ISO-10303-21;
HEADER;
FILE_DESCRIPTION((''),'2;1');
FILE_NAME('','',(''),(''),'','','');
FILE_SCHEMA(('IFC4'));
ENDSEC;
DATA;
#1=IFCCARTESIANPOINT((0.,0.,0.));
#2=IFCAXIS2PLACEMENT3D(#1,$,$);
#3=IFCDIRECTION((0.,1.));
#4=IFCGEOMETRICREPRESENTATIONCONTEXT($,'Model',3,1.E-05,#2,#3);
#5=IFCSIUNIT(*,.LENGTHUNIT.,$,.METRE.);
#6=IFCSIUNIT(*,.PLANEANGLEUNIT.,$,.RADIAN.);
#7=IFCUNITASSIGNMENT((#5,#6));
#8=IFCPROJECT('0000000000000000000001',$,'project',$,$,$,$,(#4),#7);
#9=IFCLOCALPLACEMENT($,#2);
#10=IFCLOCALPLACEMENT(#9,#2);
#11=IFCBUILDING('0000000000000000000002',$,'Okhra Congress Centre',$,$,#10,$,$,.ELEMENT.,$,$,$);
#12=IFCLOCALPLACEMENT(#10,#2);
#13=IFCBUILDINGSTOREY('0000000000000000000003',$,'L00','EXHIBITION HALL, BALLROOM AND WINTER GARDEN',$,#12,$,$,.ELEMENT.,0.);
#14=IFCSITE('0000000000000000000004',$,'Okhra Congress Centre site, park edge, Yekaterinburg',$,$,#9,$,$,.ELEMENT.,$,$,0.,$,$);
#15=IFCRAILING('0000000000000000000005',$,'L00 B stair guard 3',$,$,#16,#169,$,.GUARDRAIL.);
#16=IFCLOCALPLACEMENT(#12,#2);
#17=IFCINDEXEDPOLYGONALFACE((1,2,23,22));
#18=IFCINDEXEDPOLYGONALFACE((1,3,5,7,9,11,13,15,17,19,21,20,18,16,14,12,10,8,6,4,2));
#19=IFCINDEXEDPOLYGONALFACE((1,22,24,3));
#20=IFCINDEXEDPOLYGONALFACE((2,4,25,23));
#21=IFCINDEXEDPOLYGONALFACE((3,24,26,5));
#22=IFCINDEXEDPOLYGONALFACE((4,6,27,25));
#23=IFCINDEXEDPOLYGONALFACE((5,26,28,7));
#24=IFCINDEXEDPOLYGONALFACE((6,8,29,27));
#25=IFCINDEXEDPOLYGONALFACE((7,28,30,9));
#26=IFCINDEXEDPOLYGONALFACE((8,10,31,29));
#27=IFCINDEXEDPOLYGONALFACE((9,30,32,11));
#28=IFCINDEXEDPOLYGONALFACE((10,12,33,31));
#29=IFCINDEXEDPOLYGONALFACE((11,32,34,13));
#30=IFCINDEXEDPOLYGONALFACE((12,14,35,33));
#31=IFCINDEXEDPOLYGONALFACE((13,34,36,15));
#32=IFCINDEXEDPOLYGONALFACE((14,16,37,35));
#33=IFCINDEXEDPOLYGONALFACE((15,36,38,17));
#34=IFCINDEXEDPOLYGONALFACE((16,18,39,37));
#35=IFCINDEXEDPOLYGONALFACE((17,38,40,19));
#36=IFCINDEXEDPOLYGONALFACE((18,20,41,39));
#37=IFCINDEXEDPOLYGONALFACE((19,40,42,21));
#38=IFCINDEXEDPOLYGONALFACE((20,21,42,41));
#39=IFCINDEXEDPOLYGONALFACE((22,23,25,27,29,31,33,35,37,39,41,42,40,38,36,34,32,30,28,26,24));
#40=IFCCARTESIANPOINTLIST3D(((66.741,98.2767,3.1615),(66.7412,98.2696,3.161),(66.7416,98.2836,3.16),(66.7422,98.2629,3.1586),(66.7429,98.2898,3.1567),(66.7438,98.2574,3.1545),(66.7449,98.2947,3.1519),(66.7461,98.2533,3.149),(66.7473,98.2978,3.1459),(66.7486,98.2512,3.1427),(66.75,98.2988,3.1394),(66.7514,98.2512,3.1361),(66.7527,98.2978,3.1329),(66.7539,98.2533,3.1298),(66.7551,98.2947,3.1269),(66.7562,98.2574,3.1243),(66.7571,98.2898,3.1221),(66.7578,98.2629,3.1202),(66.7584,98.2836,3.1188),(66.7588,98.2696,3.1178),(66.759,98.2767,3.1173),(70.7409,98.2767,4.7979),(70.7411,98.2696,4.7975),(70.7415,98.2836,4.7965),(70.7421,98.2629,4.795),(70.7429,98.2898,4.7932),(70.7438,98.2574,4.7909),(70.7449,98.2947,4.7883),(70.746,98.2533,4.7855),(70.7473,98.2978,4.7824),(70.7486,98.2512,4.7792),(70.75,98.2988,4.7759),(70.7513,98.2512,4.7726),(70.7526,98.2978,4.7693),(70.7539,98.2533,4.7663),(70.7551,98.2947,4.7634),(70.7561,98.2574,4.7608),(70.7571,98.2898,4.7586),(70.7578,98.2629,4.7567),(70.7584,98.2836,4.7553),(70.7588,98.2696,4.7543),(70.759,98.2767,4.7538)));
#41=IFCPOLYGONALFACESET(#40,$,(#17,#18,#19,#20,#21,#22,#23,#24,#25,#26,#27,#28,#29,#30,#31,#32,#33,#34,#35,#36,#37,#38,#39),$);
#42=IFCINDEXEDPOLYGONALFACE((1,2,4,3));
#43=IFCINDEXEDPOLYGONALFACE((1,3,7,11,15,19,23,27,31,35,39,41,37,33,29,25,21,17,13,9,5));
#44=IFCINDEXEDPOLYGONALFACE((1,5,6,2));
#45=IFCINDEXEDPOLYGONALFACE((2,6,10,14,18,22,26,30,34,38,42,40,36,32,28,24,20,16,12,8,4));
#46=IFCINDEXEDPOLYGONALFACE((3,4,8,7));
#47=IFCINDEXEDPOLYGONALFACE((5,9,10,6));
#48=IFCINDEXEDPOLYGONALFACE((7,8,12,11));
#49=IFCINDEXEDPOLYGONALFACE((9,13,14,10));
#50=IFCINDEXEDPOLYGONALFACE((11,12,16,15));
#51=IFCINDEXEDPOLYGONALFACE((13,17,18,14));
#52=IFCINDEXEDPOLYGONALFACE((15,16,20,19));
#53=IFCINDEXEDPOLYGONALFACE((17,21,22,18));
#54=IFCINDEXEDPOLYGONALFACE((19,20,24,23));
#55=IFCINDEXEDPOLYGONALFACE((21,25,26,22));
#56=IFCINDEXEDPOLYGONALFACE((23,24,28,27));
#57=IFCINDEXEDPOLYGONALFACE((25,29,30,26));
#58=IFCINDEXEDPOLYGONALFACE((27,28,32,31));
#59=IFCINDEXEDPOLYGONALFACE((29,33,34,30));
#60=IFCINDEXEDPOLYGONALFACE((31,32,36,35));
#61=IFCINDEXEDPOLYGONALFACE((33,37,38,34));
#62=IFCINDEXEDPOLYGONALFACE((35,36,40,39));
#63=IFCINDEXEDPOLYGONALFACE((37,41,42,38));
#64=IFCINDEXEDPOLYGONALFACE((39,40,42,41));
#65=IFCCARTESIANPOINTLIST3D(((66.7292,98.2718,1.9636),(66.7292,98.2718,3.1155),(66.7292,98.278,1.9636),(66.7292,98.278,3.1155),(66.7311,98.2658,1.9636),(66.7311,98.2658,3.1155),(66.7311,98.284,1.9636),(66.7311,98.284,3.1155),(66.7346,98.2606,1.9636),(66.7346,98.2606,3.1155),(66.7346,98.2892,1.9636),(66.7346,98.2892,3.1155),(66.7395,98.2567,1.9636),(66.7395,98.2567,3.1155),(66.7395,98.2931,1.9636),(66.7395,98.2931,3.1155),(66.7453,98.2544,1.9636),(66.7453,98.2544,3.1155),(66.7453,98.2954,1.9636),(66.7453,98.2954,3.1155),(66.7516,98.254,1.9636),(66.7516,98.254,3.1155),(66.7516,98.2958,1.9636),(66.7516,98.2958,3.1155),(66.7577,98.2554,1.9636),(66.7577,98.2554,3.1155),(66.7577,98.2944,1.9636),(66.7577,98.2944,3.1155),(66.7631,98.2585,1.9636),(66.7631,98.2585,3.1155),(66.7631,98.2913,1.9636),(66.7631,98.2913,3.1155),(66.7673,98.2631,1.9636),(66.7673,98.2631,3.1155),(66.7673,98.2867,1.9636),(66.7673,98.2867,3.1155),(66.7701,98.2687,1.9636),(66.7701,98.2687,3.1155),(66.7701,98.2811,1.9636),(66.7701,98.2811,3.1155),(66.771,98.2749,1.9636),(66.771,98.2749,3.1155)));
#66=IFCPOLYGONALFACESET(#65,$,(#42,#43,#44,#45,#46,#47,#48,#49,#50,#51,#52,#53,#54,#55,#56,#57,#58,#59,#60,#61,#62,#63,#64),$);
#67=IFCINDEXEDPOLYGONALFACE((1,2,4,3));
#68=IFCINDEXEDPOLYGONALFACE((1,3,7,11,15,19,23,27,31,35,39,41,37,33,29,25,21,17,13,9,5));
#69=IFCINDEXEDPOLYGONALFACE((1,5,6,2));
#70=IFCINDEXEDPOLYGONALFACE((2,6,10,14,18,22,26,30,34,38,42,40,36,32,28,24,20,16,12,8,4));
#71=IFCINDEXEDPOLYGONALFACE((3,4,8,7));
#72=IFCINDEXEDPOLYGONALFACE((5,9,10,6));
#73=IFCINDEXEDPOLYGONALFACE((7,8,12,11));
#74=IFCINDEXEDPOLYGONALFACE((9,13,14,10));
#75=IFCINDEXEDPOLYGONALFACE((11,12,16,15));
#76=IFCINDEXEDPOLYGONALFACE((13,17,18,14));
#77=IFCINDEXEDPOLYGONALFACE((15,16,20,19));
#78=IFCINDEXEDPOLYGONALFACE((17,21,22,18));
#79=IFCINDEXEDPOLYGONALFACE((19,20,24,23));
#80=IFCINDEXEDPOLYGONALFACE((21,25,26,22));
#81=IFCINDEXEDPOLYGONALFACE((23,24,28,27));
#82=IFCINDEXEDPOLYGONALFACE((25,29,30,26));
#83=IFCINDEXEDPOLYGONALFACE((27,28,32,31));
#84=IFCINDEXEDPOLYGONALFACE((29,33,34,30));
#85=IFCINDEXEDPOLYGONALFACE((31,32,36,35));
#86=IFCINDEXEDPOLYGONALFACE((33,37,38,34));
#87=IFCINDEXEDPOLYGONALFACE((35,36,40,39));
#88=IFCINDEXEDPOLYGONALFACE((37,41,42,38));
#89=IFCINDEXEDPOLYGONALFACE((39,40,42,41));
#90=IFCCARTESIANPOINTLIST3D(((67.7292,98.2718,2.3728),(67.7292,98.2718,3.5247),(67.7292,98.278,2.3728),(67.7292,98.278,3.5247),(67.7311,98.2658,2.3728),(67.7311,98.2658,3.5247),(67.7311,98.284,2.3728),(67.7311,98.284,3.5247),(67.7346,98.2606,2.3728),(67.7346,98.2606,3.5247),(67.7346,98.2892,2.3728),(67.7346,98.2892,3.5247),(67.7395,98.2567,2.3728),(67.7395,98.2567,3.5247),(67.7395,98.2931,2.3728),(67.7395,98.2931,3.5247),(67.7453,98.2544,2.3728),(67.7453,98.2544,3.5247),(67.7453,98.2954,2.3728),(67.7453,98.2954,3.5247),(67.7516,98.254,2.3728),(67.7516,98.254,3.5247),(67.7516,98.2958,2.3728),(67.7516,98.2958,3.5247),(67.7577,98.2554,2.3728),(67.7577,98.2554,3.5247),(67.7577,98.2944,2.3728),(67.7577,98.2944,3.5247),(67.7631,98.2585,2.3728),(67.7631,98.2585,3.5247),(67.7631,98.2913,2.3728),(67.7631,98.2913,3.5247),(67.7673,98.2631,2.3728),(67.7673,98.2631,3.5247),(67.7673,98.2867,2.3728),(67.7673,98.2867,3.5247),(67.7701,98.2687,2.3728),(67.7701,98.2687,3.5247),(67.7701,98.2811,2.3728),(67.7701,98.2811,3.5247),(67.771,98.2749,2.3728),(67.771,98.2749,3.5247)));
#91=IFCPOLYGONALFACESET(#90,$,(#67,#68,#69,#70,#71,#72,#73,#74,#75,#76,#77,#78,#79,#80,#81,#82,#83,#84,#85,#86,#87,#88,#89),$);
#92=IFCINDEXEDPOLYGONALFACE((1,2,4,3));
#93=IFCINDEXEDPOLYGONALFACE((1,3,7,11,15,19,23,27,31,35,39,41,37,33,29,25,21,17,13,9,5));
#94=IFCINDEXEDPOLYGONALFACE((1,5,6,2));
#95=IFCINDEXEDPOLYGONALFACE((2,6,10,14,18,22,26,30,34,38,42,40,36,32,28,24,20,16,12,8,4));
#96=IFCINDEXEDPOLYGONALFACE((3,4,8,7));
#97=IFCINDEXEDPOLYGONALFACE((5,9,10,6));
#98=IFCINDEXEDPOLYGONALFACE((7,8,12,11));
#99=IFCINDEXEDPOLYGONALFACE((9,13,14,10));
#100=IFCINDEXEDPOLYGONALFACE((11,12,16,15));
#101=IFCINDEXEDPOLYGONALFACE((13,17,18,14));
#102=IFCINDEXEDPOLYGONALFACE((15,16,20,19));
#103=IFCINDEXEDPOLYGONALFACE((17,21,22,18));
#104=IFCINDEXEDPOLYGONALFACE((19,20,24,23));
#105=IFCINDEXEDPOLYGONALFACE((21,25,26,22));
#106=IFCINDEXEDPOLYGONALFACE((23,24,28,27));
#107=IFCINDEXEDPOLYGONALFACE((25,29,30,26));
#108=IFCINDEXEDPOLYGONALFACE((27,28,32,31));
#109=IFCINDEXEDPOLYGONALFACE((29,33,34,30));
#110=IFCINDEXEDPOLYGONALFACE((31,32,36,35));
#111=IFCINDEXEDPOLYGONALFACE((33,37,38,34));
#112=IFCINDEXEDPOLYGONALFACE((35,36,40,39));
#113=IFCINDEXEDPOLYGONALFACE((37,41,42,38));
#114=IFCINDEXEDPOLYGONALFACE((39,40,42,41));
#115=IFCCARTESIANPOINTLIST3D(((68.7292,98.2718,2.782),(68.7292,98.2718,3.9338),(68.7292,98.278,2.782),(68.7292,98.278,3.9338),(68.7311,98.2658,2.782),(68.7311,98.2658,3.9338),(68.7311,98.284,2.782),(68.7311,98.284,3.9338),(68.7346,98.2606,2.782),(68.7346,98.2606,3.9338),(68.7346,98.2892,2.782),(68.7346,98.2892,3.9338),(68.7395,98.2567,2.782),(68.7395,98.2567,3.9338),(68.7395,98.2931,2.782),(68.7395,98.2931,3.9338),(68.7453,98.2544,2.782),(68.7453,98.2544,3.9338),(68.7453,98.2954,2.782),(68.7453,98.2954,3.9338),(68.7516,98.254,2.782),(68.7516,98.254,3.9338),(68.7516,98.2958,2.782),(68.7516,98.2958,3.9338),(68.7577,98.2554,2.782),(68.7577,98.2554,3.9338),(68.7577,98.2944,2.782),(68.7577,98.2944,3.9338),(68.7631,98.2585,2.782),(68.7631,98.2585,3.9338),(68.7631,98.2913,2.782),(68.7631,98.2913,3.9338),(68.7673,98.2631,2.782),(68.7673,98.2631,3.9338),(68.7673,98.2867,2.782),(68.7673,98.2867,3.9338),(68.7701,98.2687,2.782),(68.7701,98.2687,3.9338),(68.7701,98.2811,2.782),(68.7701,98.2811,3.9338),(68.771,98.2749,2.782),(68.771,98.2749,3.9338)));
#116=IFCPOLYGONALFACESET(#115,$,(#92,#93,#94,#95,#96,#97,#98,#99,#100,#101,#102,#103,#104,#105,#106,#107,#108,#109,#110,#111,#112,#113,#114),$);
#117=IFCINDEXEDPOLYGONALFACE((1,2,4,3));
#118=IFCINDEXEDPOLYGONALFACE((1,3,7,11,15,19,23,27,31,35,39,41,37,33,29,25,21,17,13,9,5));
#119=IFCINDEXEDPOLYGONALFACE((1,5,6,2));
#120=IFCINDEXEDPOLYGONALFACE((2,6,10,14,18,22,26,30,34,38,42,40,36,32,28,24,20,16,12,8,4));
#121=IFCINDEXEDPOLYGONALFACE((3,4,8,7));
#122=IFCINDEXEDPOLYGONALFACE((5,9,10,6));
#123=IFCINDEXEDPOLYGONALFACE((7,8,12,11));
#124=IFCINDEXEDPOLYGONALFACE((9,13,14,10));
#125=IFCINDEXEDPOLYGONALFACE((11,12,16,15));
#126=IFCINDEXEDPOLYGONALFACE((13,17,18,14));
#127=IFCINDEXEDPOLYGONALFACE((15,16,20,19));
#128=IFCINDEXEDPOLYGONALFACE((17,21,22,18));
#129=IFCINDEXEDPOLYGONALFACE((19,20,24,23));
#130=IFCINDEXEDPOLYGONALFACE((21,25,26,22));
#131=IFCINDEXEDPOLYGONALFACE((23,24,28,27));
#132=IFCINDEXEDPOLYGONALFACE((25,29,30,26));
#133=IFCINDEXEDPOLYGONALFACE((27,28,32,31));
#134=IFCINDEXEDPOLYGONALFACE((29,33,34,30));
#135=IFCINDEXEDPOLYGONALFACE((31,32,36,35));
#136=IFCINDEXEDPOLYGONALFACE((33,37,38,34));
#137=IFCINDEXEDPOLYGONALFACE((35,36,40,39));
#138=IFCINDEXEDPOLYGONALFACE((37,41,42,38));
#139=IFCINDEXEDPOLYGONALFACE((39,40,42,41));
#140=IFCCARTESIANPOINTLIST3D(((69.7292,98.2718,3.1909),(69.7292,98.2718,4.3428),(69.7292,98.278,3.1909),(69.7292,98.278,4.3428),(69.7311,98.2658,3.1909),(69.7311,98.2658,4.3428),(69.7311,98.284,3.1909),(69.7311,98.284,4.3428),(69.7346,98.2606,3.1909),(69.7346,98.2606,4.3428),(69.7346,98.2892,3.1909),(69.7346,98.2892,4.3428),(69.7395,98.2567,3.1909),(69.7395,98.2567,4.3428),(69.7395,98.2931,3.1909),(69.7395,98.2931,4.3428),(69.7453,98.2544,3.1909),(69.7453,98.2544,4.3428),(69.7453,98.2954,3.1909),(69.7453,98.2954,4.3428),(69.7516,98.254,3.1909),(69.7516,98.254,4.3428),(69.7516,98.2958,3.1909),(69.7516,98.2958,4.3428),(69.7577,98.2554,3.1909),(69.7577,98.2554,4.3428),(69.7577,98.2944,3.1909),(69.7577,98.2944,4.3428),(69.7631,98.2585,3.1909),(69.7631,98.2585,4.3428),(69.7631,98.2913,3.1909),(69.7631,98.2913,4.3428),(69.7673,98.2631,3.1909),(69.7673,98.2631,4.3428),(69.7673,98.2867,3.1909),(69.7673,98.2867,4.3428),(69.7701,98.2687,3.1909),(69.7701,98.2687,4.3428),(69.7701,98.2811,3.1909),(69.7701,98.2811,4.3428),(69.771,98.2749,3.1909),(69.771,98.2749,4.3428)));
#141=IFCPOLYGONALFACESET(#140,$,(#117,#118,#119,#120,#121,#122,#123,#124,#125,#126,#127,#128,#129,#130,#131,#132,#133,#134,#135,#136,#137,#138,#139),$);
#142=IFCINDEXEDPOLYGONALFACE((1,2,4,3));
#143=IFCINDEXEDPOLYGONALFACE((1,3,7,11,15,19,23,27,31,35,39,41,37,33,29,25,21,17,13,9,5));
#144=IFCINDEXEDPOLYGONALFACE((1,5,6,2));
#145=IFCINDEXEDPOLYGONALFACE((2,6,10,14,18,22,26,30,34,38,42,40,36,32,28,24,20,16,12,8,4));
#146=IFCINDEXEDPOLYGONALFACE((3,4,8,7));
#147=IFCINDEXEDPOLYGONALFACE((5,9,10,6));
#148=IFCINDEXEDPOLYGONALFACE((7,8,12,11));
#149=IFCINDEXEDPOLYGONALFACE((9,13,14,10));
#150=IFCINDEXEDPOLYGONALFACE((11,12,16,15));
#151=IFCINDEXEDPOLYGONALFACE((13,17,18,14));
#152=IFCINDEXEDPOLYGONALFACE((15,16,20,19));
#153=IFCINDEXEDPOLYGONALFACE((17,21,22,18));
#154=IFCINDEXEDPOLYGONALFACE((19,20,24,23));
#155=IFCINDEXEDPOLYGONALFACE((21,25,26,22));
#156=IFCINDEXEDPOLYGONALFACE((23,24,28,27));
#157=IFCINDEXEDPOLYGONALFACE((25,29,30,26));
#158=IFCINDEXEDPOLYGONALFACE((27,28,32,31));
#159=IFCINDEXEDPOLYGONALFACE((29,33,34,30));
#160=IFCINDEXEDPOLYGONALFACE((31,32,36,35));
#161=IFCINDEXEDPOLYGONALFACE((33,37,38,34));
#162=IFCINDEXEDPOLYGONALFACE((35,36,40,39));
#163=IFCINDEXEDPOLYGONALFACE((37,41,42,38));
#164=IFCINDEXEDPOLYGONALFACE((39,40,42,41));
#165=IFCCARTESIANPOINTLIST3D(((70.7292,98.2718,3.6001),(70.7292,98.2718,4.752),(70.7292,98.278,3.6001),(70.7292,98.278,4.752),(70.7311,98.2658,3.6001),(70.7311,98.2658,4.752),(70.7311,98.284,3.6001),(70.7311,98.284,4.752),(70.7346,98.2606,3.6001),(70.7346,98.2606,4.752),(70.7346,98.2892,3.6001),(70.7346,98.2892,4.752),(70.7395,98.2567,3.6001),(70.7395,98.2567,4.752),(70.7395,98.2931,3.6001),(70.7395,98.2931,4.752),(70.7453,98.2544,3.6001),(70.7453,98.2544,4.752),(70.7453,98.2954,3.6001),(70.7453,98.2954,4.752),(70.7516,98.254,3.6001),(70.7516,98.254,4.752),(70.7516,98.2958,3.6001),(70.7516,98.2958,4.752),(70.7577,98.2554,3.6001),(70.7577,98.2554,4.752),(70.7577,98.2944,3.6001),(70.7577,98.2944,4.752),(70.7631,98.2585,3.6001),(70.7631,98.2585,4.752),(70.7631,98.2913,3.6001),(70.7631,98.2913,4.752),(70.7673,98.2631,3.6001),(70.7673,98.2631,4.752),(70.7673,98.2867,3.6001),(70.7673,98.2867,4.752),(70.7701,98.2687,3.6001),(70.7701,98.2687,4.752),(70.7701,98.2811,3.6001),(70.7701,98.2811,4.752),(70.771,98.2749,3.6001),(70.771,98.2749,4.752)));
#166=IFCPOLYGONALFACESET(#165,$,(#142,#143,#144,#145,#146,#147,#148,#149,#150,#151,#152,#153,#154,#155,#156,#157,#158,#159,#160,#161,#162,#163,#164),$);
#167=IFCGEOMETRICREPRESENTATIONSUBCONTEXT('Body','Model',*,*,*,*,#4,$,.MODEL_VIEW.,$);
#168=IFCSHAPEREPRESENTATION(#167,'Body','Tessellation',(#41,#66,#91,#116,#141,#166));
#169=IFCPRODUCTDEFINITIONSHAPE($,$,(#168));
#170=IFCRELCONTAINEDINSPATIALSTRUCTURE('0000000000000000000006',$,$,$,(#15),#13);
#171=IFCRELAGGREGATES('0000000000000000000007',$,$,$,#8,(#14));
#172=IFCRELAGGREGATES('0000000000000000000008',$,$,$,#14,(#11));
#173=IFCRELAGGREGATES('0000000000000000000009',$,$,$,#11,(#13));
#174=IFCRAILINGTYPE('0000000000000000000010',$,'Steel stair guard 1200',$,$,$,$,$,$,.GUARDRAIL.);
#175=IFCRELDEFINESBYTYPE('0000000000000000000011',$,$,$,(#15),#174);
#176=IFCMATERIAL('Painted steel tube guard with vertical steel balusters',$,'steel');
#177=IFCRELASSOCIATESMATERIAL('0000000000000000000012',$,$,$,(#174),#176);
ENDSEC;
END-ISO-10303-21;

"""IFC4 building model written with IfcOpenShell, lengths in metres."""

from ifc_helpers import new_model, si_unit, direction, frame, origin, origin_2d, place, context, subcontext, project, spatial, circle, extrude, material, type_object, element, save


model = new_model("IFC4")

# Units and contexts
model_context = context("Model", 3, precision=1e-05, world=origin(), true_north=direction((0.0, 1.0)))
body_context = subcontext(model_context, "Body", "Model", "MODEL_VIEW")
ifc_project = project(units=[si_unit("LENGTHUNIT", "METRE"), si_unit("PLANEANGLEUNIT", "RADIAN")], contexts=[model_context])

# Site, building, storey
site_placement = place(None, origin())
site = spatial("IfcSite", under=ifc_project, at=site_placement, Name="Okhra Congress Centre site, park edge, Yekaterinburg", CompositionType="ELEMENT", RefElevation=0.0)
building_placement = place(site_placement, origin())
building = spatial("IfcBuilding", under=site, at=building_placement, Name="Okhra Congress Centre", CompositionType="ELEMENT")
storey_placement = place(building_placement, origin())
storey = spatial("IfcBuildingStorey", under=building, at=storey_placement, Name="L00", Description="EXHIBITION HALL, BALLROOM AND WINTER GARDEN", CompositionType="ELEMENT", Elevation=0.0)

# Railing
ifc_material_1 = material(Name="Painted steel tube guard with vertical steel balusters", Category="steel")
railing_type_1 = type_object("IfcRailingType", Name="Steel stair guard 1200", PredefinedType="GUARDRAIL", material=ifc_material_1)
railing_1_placement = place(storey_placement, frame((66.75, 98.2749, 1.9636)))
element("IfcRailing", 1, at=railing_1_placement, inside=storey, type_object=railing_type_1, Name="L00 B stair guard 3", PredefinedType="GUARDRAIL", context=body_context, shape_type="SweptSolid", body=[
    extrude(circle(Radius=0.0239, at=origin_2d()), frame((0.0, 0.0, 1.1758), z_axis=(0.925538, 0.0, 0.378655), x_axis=(0.0, 1.0, 0.0)), (0.0, 0.0, 1.0), 4.3218),
    extrude(circle(Radius=0.021, at=origin_2d()), origin(), (0.0, 0.0, 1.0), 1.1519),
    extrude(circle(Radius=0.021, at=origin_2d()), frame((1.0, 0.0, 0.4092)), (0.0, 0.0, 1.0), 1.1519),
    extrude(circle(Radius=0.021, at=origin_2d()), frame((2.0, 0.0, 0.8184)), (0.0, 0.0, 1.0), 1.1519),
    extrude(circle(Radius=0.021, at=origin_2d()), frame((3.0, 0.0, 1.2273)), (0.0, 0.0, 1.0), 1.1519),
    extrude(circle(Radius=0.021, at=origin_2d()), frame((4.0, 0.0, 1.6365)), (0.0, 0.0, 1.0), 1.1519),
])

save(model, "model.ifc")
